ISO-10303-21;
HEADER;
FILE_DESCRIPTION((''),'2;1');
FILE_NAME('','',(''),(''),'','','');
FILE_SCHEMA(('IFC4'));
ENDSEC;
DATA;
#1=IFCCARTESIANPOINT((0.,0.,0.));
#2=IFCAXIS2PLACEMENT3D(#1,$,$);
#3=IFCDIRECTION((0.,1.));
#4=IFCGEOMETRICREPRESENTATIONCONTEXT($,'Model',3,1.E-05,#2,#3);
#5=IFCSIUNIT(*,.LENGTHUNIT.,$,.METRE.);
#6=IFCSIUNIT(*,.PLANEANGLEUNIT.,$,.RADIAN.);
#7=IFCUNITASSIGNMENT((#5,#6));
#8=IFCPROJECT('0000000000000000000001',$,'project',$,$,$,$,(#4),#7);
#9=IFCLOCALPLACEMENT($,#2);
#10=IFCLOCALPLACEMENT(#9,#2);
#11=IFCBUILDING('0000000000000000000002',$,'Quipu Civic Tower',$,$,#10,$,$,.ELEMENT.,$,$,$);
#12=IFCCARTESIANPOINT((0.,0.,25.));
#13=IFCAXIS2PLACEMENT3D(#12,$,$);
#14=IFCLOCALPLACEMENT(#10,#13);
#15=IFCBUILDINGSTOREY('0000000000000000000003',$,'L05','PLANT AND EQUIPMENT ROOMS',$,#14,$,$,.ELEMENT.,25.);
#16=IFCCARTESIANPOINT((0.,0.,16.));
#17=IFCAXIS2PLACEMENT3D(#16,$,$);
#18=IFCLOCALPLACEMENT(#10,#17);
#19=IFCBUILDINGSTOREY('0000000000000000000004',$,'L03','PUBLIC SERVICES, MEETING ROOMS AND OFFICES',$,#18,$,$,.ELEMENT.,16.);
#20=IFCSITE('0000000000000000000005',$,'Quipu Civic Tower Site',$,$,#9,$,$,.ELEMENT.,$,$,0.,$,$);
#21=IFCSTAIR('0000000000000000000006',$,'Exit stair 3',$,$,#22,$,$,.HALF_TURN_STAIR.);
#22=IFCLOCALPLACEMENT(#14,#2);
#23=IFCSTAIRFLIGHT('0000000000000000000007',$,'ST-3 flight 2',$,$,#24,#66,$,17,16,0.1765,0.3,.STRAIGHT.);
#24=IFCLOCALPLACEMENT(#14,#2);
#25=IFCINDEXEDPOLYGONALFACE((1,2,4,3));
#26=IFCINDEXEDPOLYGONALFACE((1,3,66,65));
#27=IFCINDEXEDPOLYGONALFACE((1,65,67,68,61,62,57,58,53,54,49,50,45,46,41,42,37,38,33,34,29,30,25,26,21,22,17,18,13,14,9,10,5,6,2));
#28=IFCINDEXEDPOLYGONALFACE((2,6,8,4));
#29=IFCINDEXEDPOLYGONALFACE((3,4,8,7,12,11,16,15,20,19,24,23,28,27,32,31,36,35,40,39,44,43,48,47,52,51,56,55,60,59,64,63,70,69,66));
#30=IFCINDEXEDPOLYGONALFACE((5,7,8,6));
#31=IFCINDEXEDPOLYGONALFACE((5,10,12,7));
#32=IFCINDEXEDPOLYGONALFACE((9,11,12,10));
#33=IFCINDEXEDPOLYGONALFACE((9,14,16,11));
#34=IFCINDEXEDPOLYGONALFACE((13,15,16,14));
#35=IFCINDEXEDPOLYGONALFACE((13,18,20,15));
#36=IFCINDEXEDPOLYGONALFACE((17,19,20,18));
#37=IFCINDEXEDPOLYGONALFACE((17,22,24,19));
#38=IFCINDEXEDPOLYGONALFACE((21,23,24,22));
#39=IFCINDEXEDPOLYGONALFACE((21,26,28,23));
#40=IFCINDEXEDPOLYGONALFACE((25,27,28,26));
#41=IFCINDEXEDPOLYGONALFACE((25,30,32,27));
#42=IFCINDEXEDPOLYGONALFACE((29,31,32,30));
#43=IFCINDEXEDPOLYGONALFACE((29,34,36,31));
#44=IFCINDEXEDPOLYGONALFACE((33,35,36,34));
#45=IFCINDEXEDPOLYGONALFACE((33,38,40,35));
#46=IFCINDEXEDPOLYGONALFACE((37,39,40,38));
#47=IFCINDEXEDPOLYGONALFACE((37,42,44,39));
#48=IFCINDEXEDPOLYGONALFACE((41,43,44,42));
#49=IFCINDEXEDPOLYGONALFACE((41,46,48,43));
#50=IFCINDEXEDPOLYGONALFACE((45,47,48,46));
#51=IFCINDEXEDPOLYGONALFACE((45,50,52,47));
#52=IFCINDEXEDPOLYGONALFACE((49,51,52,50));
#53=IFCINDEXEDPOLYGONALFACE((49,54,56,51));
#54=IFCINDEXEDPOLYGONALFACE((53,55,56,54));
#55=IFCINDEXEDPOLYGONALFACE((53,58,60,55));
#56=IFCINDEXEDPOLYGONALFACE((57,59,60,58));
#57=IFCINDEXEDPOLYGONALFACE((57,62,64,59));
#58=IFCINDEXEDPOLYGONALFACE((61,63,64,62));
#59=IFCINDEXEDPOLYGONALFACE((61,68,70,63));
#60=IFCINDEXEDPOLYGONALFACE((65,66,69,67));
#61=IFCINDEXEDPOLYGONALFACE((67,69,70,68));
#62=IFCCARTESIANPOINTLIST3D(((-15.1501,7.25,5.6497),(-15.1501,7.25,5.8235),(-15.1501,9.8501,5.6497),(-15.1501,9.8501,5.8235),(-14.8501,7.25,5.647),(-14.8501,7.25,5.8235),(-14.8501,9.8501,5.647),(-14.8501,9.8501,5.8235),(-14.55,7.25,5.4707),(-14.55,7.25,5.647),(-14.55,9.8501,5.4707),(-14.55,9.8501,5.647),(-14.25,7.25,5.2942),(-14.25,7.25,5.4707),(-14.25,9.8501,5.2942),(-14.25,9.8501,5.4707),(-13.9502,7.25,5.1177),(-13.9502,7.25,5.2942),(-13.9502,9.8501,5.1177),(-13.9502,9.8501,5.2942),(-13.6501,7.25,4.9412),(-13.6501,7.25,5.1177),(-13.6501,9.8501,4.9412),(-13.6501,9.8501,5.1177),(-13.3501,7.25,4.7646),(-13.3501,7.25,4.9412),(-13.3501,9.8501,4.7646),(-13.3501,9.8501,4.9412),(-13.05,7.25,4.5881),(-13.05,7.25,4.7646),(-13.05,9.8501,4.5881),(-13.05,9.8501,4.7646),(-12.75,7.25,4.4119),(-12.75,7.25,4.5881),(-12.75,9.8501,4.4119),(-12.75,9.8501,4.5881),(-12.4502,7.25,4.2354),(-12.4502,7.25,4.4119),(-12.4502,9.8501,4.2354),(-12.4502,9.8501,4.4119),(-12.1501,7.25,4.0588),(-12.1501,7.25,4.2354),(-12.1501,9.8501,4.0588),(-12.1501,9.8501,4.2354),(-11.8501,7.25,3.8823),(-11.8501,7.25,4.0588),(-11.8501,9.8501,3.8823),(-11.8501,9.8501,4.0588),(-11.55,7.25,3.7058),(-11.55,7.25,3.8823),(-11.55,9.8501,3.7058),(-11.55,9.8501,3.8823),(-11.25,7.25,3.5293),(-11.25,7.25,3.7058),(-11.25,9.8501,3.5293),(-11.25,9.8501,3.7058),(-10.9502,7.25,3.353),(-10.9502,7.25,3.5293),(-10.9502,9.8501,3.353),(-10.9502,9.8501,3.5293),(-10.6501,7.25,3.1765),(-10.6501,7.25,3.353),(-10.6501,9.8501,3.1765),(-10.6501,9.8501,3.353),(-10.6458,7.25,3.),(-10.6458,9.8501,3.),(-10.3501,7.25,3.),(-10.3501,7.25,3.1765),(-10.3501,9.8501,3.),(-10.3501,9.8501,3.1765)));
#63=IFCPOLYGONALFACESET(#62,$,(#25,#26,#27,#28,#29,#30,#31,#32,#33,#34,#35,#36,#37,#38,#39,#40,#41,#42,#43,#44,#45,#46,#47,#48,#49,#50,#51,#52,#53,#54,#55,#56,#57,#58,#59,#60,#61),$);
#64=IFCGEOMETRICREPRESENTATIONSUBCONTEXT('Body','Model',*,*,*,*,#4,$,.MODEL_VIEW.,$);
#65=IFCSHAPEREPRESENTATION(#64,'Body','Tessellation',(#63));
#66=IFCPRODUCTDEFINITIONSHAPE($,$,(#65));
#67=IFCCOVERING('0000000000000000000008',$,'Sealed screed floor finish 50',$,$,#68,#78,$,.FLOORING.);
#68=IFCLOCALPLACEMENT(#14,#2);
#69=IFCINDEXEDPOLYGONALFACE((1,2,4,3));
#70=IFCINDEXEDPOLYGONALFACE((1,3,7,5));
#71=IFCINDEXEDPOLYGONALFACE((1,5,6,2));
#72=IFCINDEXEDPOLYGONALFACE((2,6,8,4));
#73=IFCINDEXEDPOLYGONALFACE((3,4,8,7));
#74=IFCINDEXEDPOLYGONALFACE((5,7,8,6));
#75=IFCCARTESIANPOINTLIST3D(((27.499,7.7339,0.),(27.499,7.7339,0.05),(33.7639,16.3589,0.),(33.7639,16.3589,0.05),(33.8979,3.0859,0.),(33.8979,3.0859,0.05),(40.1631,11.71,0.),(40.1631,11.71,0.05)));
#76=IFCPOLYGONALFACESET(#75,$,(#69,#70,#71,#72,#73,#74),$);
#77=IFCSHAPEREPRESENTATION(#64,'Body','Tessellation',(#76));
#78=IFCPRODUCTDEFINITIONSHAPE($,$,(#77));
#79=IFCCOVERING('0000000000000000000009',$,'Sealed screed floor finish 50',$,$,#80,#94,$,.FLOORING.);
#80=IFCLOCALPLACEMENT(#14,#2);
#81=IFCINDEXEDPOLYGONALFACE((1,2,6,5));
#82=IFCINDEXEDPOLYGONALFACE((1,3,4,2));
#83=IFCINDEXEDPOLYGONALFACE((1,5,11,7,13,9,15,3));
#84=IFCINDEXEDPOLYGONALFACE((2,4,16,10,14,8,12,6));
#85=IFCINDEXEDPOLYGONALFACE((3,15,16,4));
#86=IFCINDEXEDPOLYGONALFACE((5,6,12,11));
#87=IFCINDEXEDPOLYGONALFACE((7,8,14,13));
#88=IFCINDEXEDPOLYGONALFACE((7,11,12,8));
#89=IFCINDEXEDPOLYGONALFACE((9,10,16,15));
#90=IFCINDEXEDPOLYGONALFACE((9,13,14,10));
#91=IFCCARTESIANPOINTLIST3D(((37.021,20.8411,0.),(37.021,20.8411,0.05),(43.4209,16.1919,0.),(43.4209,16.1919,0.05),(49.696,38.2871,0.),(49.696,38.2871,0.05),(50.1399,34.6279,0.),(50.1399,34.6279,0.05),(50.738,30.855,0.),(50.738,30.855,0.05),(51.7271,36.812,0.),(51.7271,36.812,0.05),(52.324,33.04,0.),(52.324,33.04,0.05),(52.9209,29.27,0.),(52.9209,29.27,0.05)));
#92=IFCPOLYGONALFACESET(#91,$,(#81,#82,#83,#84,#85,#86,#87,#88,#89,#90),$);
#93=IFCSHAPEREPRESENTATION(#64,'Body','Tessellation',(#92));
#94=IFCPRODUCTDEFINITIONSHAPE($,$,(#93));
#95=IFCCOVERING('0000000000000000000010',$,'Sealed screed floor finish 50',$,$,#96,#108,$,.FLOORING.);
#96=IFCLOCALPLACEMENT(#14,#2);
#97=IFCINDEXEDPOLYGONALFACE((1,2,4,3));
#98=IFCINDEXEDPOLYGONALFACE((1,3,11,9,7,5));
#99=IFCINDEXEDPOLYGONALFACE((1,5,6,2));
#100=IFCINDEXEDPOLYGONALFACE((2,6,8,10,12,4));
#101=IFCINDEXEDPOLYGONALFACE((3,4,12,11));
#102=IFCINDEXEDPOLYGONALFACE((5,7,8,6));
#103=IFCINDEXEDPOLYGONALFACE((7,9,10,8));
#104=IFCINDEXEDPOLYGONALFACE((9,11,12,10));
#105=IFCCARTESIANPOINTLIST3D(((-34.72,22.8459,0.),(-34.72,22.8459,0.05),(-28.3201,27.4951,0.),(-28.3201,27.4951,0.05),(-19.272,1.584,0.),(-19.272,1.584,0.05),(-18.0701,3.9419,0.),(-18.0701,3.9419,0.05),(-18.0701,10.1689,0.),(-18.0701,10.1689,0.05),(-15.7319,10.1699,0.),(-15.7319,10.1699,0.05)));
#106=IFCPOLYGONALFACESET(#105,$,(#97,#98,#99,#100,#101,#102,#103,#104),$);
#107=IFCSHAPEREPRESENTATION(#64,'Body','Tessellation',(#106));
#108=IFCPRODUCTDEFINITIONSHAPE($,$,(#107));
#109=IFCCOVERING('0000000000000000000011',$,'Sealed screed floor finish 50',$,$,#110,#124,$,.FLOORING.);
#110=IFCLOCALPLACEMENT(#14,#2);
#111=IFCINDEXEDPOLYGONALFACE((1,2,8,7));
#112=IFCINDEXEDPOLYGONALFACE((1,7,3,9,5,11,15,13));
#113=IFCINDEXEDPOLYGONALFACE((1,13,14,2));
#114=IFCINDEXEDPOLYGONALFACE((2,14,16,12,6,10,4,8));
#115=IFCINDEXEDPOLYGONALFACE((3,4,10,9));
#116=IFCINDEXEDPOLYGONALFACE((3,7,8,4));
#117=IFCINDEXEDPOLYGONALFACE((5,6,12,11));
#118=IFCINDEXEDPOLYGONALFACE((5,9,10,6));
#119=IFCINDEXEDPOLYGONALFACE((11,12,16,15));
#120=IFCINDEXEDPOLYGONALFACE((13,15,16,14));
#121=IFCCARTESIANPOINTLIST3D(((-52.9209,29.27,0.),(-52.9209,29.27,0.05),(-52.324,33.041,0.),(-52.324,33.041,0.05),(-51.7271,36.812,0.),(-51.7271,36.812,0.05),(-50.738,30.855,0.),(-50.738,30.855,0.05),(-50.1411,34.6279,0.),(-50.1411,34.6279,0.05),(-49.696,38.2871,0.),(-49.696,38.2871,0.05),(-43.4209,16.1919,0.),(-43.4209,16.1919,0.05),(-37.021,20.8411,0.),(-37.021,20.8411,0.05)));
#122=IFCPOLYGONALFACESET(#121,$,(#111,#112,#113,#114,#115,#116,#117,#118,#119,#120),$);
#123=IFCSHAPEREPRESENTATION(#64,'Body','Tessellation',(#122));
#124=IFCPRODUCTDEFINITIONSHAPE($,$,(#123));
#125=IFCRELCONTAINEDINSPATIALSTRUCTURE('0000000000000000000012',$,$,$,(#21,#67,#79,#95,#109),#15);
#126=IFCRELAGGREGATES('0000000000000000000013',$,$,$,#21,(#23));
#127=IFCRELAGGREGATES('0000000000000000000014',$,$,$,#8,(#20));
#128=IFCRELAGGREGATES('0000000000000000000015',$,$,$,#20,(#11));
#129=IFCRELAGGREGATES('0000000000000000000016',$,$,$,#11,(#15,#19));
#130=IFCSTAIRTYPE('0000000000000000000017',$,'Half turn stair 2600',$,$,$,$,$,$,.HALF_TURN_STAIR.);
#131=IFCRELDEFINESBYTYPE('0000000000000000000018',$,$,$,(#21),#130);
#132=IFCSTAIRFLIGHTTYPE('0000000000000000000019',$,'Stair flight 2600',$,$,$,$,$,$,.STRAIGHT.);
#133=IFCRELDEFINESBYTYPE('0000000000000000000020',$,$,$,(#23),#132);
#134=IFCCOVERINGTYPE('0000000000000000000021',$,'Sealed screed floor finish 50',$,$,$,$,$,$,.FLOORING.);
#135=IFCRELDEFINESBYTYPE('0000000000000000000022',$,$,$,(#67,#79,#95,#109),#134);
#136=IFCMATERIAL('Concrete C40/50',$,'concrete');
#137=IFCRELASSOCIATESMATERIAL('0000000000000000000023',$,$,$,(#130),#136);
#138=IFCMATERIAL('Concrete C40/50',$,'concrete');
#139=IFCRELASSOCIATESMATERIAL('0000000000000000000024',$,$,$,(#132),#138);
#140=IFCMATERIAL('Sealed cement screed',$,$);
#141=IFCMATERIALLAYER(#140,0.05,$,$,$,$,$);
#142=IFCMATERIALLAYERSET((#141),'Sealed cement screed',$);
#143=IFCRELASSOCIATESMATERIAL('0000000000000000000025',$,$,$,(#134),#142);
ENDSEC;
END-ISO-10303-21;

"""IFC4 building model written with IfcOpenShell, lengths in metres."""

from ifc_helpers import new_model, si_unit, direction, frame, origin, place, context, subcontext, project, spatial, polyline, outline, extrude, material, layer, layer_set, type_object, element, aggregate, save


model = new_model("IFC4")

# Units and contexts
model_context = context("Model", 3, precision=1e-05, world=origin(), true_north=direction((0.0, 1.0)))
body_context = subcontext(model_context, "Body", "Model", "MODEL_VIEW")
ifc_project = project(units=[si_unit("LENGTHUNIT", "METRE"), si_unit("PLANEANGLEUNIT", "RADIAN")], contexts=[model_context])

# Site, building, storey
site_placement = place(None, origin())
site = spatial("IfcSite", under=ifc_project, at=site_placement, Name="Quipu Civic Tower Site", CompositionType="ELEMENT", RefElevation=0.0)
building_placement = place(site_placement, origin())
building = spatial("IfcBuilding", under=site, at=building_placement, Name="Quipu Civic Tower", CompositionType="ELEMENT")
storey_1_placement = place(building_placement, frame((0.0, 0.0, 25.0)))
storey_1 = spatial("IfcBuildingStorey", under=building, at=storey_1_placement, Name="L05", Description="PLANT AND EQUIPMENT ROOMS", CompositionType="ELEMENT", Elevation=25.0)

# Shared definitions
storey_2_placement = place(building_placement, frame((0.0, 0.0, 16.0)))
storey_2 = spatial("IfcBuildingStorey", under=building, at=storey_2_placement, Name="L03", Description="PUBLIC SERVICES, MEETING ROOMS AND OFFICES", CompositionType="ELEMENT", Elevation=16.0)

# Shared definitions
ifc_material_1 = material(Name="Concrete C40/50", Category="concrete")
stair_type = type_object("IfcStairType", Name="Half turn stair 2600", PredefinedType="HALF_TURN_STAIR", material=ifc_material_1)

# Stair, stair flight
stair_1_placement = place(storey_1_placement, origin())
stair_1 = element("IfcStair", 1, at=stair_1_placement, inside=storey_1, type_object=stair_type, Name="Exit stair 3", PredefinedType="HALF_TURN_STAIR")
ifc_material_2 = material(Name="Concrete C40/50", Category="concrete")
stair_flight_type = type_object("IfcStairFlightType", Name="Stair flight 2600", PredefinedType="STRAIGHT", material=ifc_material_2)
stair_flight_1_placement = place(storey_1_placement, frame((-10.3501, 8.55, 3.0), z_axis=(0.0, 0.0, 1.0), x_axis=(-1.0, 0.0, 0.0)))
stair_flight_1 = element("IfcStairFlight", 2, at=stair_flight_1_placement, type_object=stair_flight_type, Name="ST-3 flight 2", NumberOfRisers=17, NumberOfTreads=16, PredefinedType="STRAIGHT", RiserHeight=0.1765, TreadLength=0.3, context=body_context, shape_type="SweptSolid", body=[
    extrude(outline(polyline([(0.0, 0.0), (0.0, 0.1765), (0.3, 0.1765), (0.3, 0.353), (0.6001, 0.353), (0.6001, 0.5293), (0.8999, 0.5293), (0.8999, 0.7058), (1.2, 0.7058), (1.2, 0.8823), (1.5, 0.8823), (1.5, 1.0588), (1.8, 1.0588), (1.8, 1.2354), (2.1001, 1.2354), (2.1001, 1.4119), (2.3999, 1.4119), (2.3999, 1.5881), (2.7, 1.5881), (2.7, 1.7646), (3.0, 1.7646), (3.0, 1.9412), (3.3, 1.9412), (3.3, 2.1177), (3.6001, 2.1177), (3.6001, 2.2942), (3.8999, 2.2942), (3.8999, 2.4707), (4.2, 2.4707), (4.2, 2.647), (4.5, 2.647), (4.5, 2.8235), (4.8, 2.8235), (4.8, 3.0), (4.8, 2.6497), (0.2957, 0.0), (0.0, 0.0)])), frame((0.0, 1.3, 0.0), z_axis=(0.0, -1.0, 0.0), x_axis=(1.0, 0.0, 0.0)), (0.0, 0.0, 1.0), 2.6001),
])
aggregate(stair_1, [stair_flight_1])

# Coverings
ifc_material_3 = material(Name="Sealed cement screed")
ifc_layer_1 = layer(ifc_material_3, 0.05)
ifc_layer_set_1 = layer_set([ifc_layer_1], Name="Sealed cement screed")
covering_type_1 = type_object("IfcCoveringType", Name="Sealed screed floor finish 50", PredefinedType="FLOORING", material=ifc_layer_set_1)
covering_1_placement = place(storey_1_placement, origin())
element("IfcCovering", 3, at=covering_1_placement, inside=storey_1, type_object=covering_type_1, Name="Sealed screed floor finish 50", PredefinedType="FLOORING", context=body_context, shape_type="SweptSolid", body=[
    extrude(outline(polyline([(27.499, 7.7339), (33.7639, 16.3589), (40.1631, 11.71), (33.8979, 3.0859), (27.499, 7.7339)])), origin(), (0.0, 0.0, 1.0), 0.05),
])
covering_2_placement = place(storey_1_placement, origin())
element("IfcCovering", 4, at=covering_2_placement, inside=storey_1, type_object=covering_type_1, Name="Sealed screed floor finish 50", PredefinedType="FLOORING", context=body_context, shape_type="SweptSolid", body=[
    extrude(outline(polyline([(37.021, 20.8411), (49.696, 38.2871), (51.7271, 36.812), (50.1399, 34.6279), (52.324, 33.04), (50.738, 30.855), (52.9209, 29.27), (43.4209, 16.1919), (37.021, 20.8411)])), origin(), (0.0, 0.0, 1.0), 0.05),
])
covering_3_placement = place(storey_1_placement, origin())
element("IfcCovering", 5, at=covering_3_placement, inside=storey_1, type_object=covering_type_1, Name="Sealed screed floor finish 50", PredefinedType="FLOORING", context=body_context, shape_type="SweptSolid", body=[
    extrude(outline(polyline([(-34.72, 22.8459), (-28.3201, 27.4951), (-15.7319, 10.1699), (-18.0701, 10.1689), (-18.0701, 3.9419), (-19.272, 1.584), (-34.72, 22.8459)])), origin(), (0.0, 0.0, 1.0), 0.05),
])
covering_4_placement = place(storey_1_placement, origin())
element("IfcCovering", 6, at=covering_4_placement, inside=storey_1, type_object=covering_type_1, Name="Sealed screed floor finish 50", PredefinedType="FLOORING", context=body_context, shape_type="SweptSolid", body=[
    extrude(outline(polyline([(-52.9209, 29.27), (-50.738, 30.855), (-52.324, 33.041), (-50.1411, 34.6279), (-51.7271, 36.812), (-49.696, 38.2871), (-37.021, 20.8411), (-43.4209, 16.1919), (-52.9209, 29.27)])), origin(), (0.0, 0.0, 1.0), 0.05),
])

save(model, "model.ifc")
